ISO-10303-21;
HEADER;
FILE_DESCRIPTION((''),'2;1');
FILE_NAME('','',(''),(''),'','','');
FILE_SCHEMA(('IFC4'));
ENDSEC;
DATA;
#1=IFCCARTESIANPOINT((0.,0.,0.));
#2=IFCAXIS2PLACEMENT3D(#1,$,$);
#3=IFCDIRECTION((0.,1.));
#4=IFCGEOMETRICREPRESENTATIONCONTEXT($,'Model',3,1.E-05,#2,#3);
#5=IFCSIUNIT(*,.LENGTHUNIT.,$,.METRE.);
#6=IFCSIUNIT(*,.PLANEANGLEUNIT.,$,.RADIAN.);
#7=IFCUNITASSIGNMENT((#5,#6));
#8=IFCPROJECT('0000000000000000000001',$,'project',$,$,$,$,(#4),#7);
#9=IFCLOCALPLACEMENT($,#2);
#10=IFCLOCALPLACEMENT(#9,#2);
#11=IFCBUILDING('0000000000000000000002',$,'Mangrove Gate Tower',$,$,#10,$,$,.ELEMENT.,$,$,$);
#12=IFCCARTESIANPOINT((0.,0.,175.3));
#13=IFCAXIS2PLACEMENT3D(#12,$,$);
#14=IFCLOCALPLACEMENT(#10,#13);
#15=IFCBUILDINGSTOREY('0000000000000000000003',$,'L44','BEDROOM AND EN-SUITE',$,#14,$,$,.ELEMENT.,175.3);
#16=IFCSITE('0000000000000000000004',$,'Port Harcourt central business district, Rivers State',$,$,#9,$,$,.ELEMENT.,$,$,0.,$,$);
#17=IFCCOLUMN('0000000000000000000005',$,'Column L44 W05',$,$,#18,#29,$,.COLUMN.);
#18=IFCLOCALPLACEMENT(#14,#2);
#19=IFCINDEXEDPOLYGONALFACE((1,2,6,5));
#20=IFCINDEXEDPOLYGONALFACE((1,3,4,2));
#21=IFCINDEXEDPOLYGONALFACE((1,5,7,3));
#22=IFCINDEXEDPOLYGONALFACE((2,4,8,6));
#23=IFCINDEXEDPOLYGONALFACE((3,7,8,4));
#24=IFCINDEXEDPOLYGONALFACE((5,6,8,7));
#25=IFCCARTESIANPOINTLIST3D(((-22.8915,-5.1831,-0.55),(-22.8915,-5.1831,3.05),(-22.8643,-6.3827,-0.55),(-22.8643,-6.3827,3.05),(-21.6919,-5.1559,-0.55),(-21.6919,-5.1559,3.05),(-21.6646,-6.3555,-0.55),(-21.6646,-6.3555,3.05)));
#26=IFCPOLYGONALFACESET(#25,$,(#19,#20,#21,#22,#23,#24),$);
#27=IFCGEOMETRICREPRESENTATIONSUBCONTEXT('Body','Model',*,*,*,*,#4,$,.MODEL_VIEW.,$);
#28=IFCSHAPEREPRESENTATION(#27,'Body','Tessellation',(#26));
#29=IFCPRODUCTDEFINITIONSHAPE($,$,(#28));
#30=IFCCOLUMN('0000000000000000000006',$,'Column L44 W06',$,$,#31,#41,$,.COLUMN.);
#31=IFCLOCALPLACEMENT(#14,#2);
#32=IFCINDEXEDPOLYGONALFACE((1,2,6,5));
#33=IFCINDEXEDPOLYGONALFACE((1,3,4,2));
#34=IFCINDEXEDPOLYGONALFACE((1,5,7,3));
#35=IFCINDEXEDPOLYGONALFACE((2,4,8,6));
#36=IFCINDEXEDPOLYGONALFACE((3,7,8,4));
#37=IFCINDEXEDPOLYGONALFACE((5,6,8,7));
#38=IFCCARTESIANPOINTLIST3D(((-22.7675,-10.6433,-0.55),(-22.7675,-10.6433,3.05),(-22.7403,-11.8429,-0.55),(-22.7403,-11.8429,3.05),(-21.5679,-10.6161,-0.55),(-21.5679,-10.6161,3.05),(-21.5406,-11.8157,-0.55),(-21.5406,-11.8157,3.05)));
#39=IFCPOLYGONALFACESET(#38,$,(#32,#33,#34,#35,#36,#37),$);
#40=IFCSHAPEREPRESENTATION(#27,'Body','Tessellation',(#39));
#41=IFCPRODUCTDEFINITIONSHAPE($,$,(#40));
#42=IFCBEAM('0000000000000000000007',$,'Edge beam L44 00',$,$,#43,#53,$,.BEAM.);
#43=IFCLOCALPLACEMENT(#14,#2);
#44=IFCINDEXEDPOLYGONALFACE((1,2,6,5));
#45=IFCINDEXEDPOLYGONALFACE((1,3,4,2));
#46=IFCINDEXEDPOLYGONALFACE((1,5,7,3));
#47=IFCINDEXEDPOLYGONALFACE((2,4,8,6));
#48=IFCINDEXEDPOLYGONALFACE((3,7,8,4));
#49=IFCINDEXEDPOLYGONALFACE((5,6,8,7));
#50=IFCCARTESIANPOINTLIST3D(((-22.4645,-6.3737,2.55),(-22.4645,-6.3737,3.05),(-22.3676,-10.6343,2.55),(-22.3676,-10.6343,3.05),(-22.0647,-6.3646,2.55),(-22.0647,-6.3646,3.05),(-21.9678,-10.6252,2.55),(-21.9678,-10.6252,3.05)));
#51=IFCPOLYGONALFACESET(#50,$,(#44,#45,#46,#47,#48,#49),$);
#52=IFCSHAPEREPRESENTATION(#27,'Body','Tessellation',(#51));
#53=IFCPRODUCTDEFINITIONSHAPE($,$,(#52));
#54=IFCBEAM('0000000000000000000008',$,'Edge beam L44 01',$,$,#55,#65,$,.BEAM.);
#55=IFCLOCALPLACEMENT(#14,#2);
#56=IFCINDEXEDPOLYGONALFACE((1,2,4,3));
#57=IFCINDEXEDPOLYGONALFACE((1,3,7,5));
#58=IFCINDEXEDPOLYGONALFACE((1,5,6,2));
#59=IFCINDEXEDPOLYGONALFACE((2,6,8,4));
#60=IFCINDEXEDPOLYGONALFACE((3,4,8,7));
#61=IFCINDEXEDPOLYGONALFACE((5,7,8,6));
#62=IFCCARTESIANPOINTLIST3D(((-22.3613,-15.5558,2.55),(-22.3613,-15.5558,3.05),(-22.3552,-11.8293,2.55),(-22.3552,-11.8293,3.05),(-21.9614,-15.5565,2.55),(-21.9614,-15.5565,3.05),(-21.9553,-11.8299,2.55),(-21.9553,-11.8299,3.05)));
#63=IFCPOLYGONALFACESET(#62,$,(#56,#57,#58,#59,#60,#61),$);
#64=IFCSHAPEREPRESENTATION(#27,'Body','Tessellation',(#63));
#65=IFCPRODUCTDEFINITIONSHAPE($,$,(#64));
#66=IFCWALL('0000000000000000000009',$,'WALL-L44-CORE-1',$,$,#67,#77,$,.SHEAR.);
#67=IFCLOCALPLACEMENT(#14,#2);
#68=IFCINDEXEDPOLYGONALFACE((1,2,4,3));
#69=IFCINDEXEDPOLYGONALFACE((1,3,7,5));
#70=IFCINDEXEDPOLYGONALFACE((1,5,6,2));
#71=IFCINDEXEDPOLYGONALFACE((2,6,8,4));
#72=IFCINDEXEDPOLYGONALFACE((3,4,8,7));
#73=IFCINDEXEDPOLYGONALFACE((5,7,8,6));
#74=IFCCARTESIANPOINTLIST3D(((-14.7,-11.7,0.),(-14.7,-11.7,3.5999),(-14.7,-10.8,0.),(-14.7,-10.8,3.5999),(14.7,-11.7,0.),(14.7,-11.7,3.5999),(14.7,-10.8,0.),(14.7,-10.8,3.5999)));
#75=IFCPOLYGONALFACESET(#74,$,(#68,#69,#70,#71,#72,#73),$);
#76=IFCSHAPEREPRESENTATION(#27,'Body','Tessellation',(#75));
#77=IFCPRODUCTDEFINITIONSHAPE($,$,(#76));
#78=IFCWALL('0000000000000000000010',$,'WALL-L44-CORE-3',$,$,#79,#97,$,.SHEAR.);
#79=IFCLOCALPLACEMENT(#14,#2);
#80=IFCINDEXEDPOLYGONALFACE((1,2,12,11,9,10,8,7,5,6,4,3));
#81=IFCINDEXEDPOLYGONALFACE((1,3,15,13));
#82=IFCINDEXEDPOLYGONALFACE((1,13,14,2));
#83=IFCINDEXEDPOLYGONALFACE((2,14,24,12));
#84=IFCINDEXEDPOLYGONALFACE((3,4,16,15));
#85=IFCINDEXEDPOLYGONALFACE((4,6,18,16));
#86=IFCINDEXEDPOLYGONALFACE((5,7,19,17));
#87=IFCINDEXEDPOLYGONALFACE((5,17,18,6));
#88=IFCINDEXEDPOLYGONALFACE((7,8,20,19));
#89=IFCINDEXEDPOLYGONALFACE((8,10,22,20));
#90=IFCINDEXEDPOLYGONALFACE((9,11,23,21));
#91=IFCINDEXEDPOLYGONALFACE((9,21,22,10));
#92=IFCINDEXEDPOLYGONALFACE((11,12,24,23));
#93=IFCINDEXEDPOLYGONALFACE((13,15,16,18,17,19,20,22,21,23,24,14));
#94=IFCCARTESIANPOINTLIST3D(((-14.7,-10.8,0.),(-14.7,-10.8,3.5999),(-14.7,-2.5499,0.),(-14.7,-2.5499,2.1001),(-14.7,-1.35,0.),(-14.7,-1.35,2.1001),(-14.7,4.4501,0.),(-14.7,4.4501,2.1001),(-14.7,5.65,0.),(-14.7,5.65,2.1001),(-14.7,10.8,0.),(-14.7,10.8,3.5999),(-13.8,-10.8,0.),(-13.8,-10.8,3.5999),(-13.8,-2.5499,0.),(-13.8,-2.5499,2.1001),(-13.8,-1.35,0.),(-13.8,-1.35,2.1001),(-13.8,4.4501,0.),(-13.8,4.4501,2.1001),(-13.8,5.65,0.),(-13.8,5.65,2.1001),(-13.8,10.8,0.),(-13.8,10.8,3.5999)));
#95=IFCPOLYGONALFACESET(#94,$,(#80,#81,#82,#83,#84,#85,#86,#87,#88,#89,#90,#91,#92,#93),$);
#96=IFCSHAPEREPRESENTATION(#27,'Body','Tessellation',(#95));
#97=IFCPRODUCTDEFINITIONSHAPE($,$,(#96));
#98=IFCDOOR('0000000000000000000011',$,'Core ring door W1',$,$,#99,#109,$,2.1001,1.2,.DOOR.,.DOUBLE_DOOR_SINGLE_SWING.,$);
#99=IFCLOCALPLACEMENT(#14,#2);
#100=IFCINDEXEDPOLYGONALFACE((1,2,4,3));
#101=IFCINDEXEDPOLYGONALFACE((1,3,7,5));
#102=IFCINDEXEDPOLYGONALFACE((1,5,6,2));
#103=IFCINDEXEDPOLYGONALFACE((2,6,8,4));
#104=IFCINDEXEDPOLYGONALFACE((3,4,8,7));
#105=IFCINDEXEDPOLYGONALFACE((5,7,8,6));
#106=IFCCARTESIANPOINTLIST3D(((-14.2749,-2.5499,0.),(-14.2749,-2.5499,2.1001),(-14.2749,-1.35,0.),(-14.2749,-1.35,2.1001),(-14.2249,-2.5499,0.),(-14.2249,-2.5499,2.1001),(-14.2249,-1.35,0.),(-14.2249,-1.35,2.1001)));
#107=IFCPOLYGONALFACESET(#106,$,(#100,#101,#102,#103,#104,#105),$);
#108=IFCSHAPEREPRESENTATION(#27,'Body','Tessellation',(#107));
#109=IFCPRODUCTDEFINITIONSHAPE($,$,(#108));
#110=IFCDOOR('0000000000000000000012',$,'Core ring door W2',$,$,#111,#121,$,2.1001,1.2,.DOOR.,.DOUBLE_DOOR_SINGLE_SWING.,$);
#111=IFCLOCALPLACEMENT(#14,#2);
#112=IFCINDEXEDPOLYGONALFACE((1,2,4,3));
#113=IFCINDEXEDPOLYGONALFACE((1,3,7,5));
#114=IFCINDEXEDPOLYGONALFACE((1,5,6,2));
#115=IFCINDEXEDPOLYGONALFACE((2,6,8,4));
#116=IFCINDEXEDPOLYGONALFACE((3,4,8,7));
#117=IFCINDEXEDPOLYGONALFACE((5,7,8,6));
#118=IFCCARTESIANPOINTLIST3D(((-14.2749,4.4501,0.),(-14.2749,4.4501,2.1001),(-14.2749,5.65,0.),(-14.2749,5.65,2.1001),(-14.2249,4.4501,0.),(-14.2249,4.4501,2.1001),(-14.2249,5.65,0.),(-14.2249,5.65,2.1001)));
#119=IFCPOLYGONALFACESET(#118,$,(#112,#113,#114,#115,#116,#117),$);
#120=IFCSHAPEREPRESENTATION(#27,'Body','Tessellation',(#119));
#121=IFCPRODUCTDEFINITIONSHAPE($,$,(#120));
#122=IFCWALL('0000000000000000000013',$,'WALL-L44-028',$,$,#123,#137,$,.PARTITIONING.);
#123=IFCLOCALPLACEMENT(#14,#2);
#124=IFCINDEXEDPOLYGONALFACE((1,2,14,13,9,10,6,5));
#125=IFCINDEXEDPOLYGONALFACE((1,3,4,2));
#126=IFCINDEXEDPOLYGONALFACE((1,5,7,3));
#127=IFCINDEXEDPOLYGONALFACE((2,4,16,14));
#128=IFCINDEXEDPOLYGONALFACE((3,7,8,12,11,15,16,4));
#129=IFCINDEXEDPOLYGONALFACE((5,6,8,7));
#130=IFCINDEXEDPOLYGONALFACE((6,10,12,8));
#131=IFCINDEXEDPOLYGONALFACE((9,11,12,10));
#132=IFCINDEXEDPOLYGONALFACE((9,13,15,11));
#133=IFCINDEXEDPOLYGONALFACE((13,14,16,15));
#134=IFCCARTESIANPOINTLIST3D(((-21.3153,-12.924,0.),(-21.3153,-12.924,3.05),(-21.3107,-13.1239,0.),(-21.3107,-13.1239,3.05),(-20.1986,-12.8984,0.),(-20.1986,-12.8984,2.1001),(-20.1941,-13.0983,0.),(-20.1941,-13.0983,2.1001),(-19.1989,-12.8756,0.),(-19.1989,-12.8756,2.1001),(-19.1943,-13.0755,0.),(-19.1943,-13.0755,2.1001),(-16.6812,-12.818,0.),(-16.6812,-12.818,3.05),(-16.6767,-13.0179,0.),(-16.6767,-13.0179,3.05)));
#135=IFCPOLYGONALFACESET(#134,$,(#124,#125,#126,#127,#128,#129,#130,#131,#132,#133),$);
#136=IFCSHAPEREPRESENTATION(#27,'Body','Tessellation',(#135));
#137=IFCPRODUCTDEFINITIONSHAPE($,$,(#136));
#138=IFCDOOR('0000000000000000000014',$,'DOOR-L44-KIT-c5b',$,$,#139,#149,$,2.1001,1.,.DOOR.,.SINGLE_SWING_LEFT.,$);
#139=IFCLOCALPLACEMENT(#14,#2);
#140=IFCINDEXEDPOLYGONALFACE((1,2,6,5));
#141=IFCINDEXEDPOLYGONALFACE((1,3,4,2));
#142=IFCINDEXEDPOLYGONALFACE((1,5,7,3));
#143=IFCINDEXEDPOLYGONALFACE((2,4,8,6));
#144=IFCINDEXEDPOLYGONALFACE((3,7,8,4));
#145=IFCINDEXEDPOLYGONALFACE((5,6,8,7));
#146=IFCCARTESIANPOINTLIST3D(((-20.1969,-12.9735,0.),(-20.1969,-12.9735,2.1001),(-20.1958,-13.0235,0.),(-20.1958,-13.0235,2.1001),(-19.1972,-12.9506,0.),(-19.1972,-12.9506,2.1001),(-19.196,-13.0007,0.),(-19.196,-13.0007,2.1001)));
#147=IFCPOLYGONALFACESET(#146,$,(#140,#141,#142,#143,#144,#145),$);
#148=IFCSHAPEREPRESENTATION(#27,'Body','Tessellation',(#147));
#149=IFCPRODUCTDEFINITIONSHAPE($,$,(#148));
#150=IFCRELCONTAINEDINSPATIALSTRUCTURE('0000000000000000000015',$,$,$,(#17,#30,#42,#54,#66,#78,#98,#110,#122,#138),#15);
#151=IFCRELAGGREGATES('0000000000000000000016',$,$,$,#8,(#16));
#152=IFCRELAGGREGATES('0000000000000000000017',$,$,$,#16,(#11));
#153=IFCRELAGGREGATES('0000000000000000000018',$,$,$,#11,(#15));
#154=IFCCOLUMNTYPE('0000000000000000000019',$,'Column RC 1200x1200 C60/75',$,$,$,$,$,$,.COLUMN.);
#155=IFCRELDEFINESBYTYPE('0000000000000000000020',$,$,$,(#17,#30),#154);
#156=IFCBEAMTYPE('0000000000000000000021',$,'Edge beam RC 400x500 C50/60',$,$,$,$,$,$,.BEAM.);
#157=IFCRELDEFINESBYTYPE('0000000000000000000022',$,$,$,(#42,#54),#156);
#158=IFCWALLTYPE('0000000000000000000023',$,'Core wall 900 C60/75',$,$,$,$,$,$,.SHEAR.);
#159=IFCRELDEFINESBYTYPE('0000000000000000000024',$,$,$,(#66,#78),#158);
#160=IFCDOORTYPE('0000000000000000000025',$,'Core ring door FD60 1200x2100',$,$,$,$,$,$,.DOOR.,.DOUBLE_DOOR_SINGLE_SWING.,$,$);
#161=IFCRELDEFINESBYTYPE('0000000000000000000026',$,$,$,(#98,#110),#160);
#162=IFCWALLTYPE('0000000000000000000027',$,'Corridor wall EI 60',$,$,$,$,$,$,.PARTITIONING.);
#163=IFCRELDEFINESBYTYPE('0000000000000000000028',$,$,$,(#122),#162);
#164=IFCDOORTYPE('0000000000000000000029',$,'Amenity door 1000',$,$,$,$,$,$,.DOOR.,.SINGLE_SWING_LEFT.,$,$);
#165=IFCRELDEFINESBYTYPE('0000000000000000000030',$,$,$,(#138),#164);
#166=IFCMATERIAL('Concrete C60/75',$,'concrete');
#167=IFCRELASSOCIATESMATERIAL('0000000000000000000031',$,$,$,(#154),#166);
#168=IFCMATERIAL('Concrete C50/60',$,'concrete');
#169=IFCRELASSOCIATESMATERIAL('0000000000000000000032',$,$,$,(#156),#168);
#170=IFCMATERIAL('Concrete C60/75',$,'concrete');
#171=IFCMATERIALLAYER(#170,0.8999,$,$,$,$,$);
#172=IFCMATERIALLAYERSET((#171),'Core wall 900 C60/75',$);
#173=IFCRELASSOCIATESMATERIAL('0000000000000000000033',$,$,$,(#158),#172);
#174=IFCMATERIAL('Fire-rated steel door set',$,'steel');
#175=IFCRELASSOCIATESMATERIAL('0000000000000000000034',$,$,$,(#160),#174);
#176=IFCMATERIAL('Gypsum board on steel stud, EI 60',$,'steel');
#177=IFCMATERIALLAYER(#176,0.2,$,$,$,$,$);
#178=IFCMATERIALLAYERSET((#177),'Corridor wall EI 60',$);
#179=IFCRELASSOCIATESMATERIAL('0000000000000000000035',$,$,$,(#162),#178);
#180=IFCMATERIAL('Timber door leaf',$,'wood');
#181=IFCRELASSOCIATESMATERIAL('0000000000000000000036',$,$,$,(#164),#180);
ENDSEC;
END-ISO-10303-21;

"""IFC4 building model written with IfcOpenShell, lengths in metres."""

from ifc_helpers import new_model, si_unit, direction, frame, frame_2d, origin, origin_2d, place, context, subcontext, project, spatial, rectangle, extrude, material, layer, layer_set, material_profile, profile_set, type_object, element, fill, save


model = new_model("IFC4")

# Units and contexts
model_context = context("Model", 3, precision=1e-05, world=origin(), true_north=direction((0.0, 1.0)))
body_context = subcontext(model_context, "Body", "Model", "MODEL_VIEW")
ifc_project = project(units=[si_unit("LENGTHUNIT", "METRE"), si_unit("PLANEANGLEUNIT", "RADIAN")], contexts=[model_context])

# Site, building, storey
site_placement = place(None, origin())
site = spatial("IfcSite", under=ifc_project, at=site_placement, Name="Port Harcourt central business district, Rivers State", CompositionType="ELEMENT", RefElevation=0.0)
building_placement = place(site_placement, origin())
building = spatial("IfcBuilding", under=site, at=building_placement, Name="Mangrove Gate Tower", CompositionType="ELEMENT")
storey_placement = place(building_placement, frame((0.0, 0.0, 175.3)))
storey = spatial("IfcBuildingStorey", under=building, at=storey_placement, Name="L44", Description="BEDROOM AND EN-SUITE", CompositionType="ELEMENT", Elevation=175.3)

# Columns
ifc_material_1 = material(Name="Concrete C60/75", Category="concrete")
ifc_material_profile_1 = material_profile(ifc_material_1, rectangle(XDim=1.2, YDim=1.2, at=origin_2d()))
ifc_profile_set_1 = profile_set([ifc_material_profile_1], Name="Concrete C60/75")
column_type = type_object("IfcColumnType", Name="Column RC 1200x1200 C60/75", PredefinedType="COLUMN", material=ifc_profile_set_1)
for number, where, z_axis, x_axis, name in (
    (1, (-22.2781, -5.7693, -0.55), (0.0, 0.0, 1.0), (0.022693, -0.999742, 0.0), "Column L44 W05"),
    (2, (-22.1541, -11.2295, -0.55), (0.0, 0.0, 1.0), (0.022703, -0.999742, 0.0), "Column L44 W06"),
):
    element("IfcColumn", number, at=place(storey_placement, frame(where, z_axis=z_axis, x_axis=x_axis)), inside=storey, type_object=column_type, Name=name, PredefinedType="COLUMN", context=body_context, shape_type="SweptSolid", body=[
        extrude(rectangle(XDim=1.2, YDim=1.2, at=origin_2d()), origin(), (0.0, 0.0, 1.0), 3.6001),
    ])

# Beams
ifc_material_2 = material(Name="Concrete C50/60", Category="concrete")
ifc_material_profile_2 = material_profile(ifc_material_2, rectangle(XDim=0.3999, YDim=0.5, at=origin_2d()))
ifc_profile_set_2 = profile_set([ifc_material_profile_2], Name="Concrete C50/60")
beam_type = type_object("IfcBeamType", Name="Edge beam RC 400x500 C50/60", PredefinedType="BEAM", material=ifc_profile_set_2)
beam_1_placement = place(storey_placement, frame((-22.2646, -6.3691, 2.8), z_axis=(0.022744, -0.999741, 0.0), x_axis=(0.999741, 0.022744, 0.0)))
element("IfcBeam", 3, at=beam_1_placement, inside=storey, type_object=beam_type, Name="Edge beam L44 00", PredefinedType="BEAM", context=body_context, shape_type="SweptSolid", body=[
    extrude(rectangle(XDim=0.3999, YDim=0.5, at=origin_2d()), origin(), (0.0, 0.0, 1.0), 4.2617),
])
beam_2_placement = place(storey_placement, frame((-22.1553, -11.8296, 2.8), z_axis=(-0.001638, -0.999999, 0.0), x_axis=(0.999999, -0.001638, 0.0)))
element("IfcBeam", 4, at=beam_2_placement, inside=storey, type_object=beam_type, Name="Edge beam L44 01", PredefinedType="BEAM", context=body_context, shape_type="SweptSolid", body=[
    extrude(rectangle(XDim=0.3999, YDim=0.5, at=origin_2d()), origin(), (0.0, 0.0, 1.0), 3.7266),
])

# Wall
ifc_material_3 = material(Name="Concrete C60/75", Category="concrete")
ifc_layer_1 = layer(ifc_material_3, 0.8999)
ifc_layer_set_1 = layer_set([ifc_layer_1], Name="Core wall 900 C60/75")
wall_type_1 = type_object("IfcWallType", Name="Core wall 900 C60/75", PredefinedType="SHEAR", material=ifc_layer_set_1)
wall_1_placement = place(storey_placement, frame((-14.7, -11.25, 0.0), z_axis=(0.0, 0.0, 1.0), x_axis=(1.0, 0.0, 0.0)))
element("IfcWall", 5, at=wall_1_placement, inside=storey, type_object=wall_type_1, Name="WALL-L44-CORE-1", PredefinedType="SHEAR", context=body_context, shape_type="SweptSolid", body=[
    extrude(rectangle(XDim=29.3999, YDim=0.8999, at=frame_2d((14.7, 0.0))), origin(), (0.0, 0.0, 1.0), 3.5999),
])

# Wall, openings, doors
wall_2_placement = place(storey_placement, frame((-14.25, -10.8, 0.0), z_axis=(0.0, 0.0, 1.0), x_axis=(0.0, 1.0, 0.0)))
wall_2 = element("IfcWall", 6, at=wall_2_placement, inside=storey, type_object=wall_type_1, Name="WALL-L44-CORE-3", PredefinedType="SHEAR", context=body_context, shape_type="SweptSolid", body=[
    extrude(rectangle(XDim=21.6001, YDim=0.8999, at=frame_2d((10.8, 0.0))), origin(), (0.0, 0.0, 1.0), 3.5999),
])
opening_1_placement = place(wall_2_placement, frame((8.25, 0.0, 0.0)))
opening_1 = element("IfcOpeningElement", 7, at=opening_1_placement, cuts=wall_2, PredefinedType="OPENING", context=body_context, shape_type="SweptSolid", body=[
    extrude(rectangle(XDim=1.2, YDim=2.1001, at=frame_2d((0.6001, 1.05))), frame((0.0, 0.46, 0.0), z_axis=(0.0, -1.0, 0.0), x_axis=(1.0, 0.0, 0.0)), (0.0, 0.0, 1.0), 0.9199),
])
opening_2_placement = place(wall_2_placement, frame((15.25, 0.0, 0.0)))
opening_2 = element("IfcOpeningElement", 8, at=opening_2_placement, cuts=wall_2, PredefinedType="OPENING", context=body_context, shape_type="SweptSolid", body=[
    extrude(rectangle(XDim=1.2, YDim=2.1001, at=frame_2d((0.6001, 1.05))), frame((0.0, 0.46, 0.0), z_axis=(0.0, -1.0, 0.0), x_axis=(1.0, 0.0, 0.0)), (0.0, 0.0, 1.0), 0.9199),
])
ifc_material_4 = material(Name="Fire-rated steel door set", Category="steel")
door_type_1 = type_object("IfcDoorType", Name="Core ring door FD60 1200x2100", OperationType="DOUBLE_DOOR_SINGLE_SWING", PredefinedType="DOOR", material=ifc_material_4)
door_1_placement = place(opening_1_placement, origin())
door_1 = element("IfcDoor", 9, at=door_1_placement, inside=storey, type_object=door_type_1, Name="Core ring door W1", OperationType="DOUBLE_DOOR_SINGLE_SWING", OverallHeight=2.1001, OverallWidth=1.2, PredefinedType="DOOR", context=body_context, shape_type="SweptSolid", body=[
    extrude(rectangle(XDim=1.2, YDim=2.1001, at=frame_2d((0.6001, 1.05))), frame((0.0, 0.0249, 0.0), z_axis=(0.0, -1.0, 0.0), x_axis=(1.0, 0.0, 0.0)), (0.0, 0.0, 1.0), 0.05),
])
fill(opening_1, door_1)
door_2_placement = place(opening_2_placement, origin())
door_2 = element("IfcDoor", 10, at=door_2_placement, inside=storey, type_object=door_type_1, Name="Core ring door W2", OperationType="DOUBLE_DOOR_SINGLE_SWING", OverallHeight=2.1001, OverallWidth=1.2, PredefinedType="DOOR", context=body_context, shape_type="SweptSolid", body=[
    extrude(rectangle(XDim=1.2, YDim=2.1001, at=frame_2d((0.6001, 1.05))), frame((0.0, 0.0249, 0.0), z_axis=(0.0, -1.0, 0.0), x_axis=(1.0, 0.0, 0.0)), (0.0, 0.0, 1.0), 0.05),
])
fill(opening_2, door_2)

# Wall, opening, door
ifc_material_5 = material(Name="Gypsum board on steel stud, EI 60", Category="steel")
ifc_layer_2 = layer(ifc_material_5, 0.2)
ifc_layer_set_2 = layer_set([ifc_layer_2], Name="Corridor wall EI 60")
wall_type_2 = type_object("IfcWallType", Name="Corridor wall EI 60", PredefinedType="PARTITIONING", material=ifc_layer_set_2)
wall_3_placement = place(storey_placement, frame((-21.313, -13.0239, 0.0), z_axis=(0.0, 0.0, 1.0), x_axis=(0.999739, 0.022859, 0.0)))
wall_3 = element("IfcWall", 11, at=wall_3_placement, inside=storey, type_object=wall_type_2, Name="WALL-L44-028", PredefinedType="PARTITIONING", context=body_context, shape_type="SweptSolid", body=[
    extrude(rectangle(XDim=4.6353, YDim=0.2, at=frame_2d((2.3176, 0.0))), origin(), (0.0, 0.0, 1.0), 3.05),
])
opening_3_placement = place(wall_3_placement, frame((1.1169, 0.0, 0.0)))
opening_3 = element("IfcOpeningElement", 12, at=opening_3_placement, cuts=wall_3, PredefinedType="OPENING", context=body_context, shape_type="SweptSolid", body=[
    extrude(rectangle(XDim=1.0, YDim=2.1001, at=frame_2d((0.5, 1.05))), frame((0.0, 0.1099, 0.0), z_axis=(0.0, -1.0, 0.0), x_axis=(1.0, 0.0, 0.0)), (0.0, 0.0, 1.0), 0.22),
])
ifc_material_6 = material(Name="Timber door leaf", Category="wood")
door_type_2 = type_object("IfcDoorType", Name="Amenity door 1000", OperationType="SINGLE_SWING_LEFT", PredefinedType="DOOR", material=ifc_material_6)
door_3_placement = place(opening_3_placement, origin())
door_3 = element("IfcDoor", 13, at=door_3_placement, inside=storey, type_object=door_type_2, Name="DOOR-L44-KIT-c5b", OperationType="SINGLE_SWING_LEFT", OverallHeight=2.1001, OverallWidth=1.0, PredefinedType="DOOR", context=body_context, shape_type="SweptSolid", body=[
    extrude(rectangle(XDim=1.0, YDim=2.1001, at=frame_2d((0.5, 1.05))), frame((0.0, 0.0249, 0.0), z_axis=(0.0, -1.0, 0.0), x_axis=(1.0, 0.0, 0.0)), (0.0, 0.0, 1.0), 0.05),
])
fill(opening_3, door_3)

save(model, "model.ifc")
